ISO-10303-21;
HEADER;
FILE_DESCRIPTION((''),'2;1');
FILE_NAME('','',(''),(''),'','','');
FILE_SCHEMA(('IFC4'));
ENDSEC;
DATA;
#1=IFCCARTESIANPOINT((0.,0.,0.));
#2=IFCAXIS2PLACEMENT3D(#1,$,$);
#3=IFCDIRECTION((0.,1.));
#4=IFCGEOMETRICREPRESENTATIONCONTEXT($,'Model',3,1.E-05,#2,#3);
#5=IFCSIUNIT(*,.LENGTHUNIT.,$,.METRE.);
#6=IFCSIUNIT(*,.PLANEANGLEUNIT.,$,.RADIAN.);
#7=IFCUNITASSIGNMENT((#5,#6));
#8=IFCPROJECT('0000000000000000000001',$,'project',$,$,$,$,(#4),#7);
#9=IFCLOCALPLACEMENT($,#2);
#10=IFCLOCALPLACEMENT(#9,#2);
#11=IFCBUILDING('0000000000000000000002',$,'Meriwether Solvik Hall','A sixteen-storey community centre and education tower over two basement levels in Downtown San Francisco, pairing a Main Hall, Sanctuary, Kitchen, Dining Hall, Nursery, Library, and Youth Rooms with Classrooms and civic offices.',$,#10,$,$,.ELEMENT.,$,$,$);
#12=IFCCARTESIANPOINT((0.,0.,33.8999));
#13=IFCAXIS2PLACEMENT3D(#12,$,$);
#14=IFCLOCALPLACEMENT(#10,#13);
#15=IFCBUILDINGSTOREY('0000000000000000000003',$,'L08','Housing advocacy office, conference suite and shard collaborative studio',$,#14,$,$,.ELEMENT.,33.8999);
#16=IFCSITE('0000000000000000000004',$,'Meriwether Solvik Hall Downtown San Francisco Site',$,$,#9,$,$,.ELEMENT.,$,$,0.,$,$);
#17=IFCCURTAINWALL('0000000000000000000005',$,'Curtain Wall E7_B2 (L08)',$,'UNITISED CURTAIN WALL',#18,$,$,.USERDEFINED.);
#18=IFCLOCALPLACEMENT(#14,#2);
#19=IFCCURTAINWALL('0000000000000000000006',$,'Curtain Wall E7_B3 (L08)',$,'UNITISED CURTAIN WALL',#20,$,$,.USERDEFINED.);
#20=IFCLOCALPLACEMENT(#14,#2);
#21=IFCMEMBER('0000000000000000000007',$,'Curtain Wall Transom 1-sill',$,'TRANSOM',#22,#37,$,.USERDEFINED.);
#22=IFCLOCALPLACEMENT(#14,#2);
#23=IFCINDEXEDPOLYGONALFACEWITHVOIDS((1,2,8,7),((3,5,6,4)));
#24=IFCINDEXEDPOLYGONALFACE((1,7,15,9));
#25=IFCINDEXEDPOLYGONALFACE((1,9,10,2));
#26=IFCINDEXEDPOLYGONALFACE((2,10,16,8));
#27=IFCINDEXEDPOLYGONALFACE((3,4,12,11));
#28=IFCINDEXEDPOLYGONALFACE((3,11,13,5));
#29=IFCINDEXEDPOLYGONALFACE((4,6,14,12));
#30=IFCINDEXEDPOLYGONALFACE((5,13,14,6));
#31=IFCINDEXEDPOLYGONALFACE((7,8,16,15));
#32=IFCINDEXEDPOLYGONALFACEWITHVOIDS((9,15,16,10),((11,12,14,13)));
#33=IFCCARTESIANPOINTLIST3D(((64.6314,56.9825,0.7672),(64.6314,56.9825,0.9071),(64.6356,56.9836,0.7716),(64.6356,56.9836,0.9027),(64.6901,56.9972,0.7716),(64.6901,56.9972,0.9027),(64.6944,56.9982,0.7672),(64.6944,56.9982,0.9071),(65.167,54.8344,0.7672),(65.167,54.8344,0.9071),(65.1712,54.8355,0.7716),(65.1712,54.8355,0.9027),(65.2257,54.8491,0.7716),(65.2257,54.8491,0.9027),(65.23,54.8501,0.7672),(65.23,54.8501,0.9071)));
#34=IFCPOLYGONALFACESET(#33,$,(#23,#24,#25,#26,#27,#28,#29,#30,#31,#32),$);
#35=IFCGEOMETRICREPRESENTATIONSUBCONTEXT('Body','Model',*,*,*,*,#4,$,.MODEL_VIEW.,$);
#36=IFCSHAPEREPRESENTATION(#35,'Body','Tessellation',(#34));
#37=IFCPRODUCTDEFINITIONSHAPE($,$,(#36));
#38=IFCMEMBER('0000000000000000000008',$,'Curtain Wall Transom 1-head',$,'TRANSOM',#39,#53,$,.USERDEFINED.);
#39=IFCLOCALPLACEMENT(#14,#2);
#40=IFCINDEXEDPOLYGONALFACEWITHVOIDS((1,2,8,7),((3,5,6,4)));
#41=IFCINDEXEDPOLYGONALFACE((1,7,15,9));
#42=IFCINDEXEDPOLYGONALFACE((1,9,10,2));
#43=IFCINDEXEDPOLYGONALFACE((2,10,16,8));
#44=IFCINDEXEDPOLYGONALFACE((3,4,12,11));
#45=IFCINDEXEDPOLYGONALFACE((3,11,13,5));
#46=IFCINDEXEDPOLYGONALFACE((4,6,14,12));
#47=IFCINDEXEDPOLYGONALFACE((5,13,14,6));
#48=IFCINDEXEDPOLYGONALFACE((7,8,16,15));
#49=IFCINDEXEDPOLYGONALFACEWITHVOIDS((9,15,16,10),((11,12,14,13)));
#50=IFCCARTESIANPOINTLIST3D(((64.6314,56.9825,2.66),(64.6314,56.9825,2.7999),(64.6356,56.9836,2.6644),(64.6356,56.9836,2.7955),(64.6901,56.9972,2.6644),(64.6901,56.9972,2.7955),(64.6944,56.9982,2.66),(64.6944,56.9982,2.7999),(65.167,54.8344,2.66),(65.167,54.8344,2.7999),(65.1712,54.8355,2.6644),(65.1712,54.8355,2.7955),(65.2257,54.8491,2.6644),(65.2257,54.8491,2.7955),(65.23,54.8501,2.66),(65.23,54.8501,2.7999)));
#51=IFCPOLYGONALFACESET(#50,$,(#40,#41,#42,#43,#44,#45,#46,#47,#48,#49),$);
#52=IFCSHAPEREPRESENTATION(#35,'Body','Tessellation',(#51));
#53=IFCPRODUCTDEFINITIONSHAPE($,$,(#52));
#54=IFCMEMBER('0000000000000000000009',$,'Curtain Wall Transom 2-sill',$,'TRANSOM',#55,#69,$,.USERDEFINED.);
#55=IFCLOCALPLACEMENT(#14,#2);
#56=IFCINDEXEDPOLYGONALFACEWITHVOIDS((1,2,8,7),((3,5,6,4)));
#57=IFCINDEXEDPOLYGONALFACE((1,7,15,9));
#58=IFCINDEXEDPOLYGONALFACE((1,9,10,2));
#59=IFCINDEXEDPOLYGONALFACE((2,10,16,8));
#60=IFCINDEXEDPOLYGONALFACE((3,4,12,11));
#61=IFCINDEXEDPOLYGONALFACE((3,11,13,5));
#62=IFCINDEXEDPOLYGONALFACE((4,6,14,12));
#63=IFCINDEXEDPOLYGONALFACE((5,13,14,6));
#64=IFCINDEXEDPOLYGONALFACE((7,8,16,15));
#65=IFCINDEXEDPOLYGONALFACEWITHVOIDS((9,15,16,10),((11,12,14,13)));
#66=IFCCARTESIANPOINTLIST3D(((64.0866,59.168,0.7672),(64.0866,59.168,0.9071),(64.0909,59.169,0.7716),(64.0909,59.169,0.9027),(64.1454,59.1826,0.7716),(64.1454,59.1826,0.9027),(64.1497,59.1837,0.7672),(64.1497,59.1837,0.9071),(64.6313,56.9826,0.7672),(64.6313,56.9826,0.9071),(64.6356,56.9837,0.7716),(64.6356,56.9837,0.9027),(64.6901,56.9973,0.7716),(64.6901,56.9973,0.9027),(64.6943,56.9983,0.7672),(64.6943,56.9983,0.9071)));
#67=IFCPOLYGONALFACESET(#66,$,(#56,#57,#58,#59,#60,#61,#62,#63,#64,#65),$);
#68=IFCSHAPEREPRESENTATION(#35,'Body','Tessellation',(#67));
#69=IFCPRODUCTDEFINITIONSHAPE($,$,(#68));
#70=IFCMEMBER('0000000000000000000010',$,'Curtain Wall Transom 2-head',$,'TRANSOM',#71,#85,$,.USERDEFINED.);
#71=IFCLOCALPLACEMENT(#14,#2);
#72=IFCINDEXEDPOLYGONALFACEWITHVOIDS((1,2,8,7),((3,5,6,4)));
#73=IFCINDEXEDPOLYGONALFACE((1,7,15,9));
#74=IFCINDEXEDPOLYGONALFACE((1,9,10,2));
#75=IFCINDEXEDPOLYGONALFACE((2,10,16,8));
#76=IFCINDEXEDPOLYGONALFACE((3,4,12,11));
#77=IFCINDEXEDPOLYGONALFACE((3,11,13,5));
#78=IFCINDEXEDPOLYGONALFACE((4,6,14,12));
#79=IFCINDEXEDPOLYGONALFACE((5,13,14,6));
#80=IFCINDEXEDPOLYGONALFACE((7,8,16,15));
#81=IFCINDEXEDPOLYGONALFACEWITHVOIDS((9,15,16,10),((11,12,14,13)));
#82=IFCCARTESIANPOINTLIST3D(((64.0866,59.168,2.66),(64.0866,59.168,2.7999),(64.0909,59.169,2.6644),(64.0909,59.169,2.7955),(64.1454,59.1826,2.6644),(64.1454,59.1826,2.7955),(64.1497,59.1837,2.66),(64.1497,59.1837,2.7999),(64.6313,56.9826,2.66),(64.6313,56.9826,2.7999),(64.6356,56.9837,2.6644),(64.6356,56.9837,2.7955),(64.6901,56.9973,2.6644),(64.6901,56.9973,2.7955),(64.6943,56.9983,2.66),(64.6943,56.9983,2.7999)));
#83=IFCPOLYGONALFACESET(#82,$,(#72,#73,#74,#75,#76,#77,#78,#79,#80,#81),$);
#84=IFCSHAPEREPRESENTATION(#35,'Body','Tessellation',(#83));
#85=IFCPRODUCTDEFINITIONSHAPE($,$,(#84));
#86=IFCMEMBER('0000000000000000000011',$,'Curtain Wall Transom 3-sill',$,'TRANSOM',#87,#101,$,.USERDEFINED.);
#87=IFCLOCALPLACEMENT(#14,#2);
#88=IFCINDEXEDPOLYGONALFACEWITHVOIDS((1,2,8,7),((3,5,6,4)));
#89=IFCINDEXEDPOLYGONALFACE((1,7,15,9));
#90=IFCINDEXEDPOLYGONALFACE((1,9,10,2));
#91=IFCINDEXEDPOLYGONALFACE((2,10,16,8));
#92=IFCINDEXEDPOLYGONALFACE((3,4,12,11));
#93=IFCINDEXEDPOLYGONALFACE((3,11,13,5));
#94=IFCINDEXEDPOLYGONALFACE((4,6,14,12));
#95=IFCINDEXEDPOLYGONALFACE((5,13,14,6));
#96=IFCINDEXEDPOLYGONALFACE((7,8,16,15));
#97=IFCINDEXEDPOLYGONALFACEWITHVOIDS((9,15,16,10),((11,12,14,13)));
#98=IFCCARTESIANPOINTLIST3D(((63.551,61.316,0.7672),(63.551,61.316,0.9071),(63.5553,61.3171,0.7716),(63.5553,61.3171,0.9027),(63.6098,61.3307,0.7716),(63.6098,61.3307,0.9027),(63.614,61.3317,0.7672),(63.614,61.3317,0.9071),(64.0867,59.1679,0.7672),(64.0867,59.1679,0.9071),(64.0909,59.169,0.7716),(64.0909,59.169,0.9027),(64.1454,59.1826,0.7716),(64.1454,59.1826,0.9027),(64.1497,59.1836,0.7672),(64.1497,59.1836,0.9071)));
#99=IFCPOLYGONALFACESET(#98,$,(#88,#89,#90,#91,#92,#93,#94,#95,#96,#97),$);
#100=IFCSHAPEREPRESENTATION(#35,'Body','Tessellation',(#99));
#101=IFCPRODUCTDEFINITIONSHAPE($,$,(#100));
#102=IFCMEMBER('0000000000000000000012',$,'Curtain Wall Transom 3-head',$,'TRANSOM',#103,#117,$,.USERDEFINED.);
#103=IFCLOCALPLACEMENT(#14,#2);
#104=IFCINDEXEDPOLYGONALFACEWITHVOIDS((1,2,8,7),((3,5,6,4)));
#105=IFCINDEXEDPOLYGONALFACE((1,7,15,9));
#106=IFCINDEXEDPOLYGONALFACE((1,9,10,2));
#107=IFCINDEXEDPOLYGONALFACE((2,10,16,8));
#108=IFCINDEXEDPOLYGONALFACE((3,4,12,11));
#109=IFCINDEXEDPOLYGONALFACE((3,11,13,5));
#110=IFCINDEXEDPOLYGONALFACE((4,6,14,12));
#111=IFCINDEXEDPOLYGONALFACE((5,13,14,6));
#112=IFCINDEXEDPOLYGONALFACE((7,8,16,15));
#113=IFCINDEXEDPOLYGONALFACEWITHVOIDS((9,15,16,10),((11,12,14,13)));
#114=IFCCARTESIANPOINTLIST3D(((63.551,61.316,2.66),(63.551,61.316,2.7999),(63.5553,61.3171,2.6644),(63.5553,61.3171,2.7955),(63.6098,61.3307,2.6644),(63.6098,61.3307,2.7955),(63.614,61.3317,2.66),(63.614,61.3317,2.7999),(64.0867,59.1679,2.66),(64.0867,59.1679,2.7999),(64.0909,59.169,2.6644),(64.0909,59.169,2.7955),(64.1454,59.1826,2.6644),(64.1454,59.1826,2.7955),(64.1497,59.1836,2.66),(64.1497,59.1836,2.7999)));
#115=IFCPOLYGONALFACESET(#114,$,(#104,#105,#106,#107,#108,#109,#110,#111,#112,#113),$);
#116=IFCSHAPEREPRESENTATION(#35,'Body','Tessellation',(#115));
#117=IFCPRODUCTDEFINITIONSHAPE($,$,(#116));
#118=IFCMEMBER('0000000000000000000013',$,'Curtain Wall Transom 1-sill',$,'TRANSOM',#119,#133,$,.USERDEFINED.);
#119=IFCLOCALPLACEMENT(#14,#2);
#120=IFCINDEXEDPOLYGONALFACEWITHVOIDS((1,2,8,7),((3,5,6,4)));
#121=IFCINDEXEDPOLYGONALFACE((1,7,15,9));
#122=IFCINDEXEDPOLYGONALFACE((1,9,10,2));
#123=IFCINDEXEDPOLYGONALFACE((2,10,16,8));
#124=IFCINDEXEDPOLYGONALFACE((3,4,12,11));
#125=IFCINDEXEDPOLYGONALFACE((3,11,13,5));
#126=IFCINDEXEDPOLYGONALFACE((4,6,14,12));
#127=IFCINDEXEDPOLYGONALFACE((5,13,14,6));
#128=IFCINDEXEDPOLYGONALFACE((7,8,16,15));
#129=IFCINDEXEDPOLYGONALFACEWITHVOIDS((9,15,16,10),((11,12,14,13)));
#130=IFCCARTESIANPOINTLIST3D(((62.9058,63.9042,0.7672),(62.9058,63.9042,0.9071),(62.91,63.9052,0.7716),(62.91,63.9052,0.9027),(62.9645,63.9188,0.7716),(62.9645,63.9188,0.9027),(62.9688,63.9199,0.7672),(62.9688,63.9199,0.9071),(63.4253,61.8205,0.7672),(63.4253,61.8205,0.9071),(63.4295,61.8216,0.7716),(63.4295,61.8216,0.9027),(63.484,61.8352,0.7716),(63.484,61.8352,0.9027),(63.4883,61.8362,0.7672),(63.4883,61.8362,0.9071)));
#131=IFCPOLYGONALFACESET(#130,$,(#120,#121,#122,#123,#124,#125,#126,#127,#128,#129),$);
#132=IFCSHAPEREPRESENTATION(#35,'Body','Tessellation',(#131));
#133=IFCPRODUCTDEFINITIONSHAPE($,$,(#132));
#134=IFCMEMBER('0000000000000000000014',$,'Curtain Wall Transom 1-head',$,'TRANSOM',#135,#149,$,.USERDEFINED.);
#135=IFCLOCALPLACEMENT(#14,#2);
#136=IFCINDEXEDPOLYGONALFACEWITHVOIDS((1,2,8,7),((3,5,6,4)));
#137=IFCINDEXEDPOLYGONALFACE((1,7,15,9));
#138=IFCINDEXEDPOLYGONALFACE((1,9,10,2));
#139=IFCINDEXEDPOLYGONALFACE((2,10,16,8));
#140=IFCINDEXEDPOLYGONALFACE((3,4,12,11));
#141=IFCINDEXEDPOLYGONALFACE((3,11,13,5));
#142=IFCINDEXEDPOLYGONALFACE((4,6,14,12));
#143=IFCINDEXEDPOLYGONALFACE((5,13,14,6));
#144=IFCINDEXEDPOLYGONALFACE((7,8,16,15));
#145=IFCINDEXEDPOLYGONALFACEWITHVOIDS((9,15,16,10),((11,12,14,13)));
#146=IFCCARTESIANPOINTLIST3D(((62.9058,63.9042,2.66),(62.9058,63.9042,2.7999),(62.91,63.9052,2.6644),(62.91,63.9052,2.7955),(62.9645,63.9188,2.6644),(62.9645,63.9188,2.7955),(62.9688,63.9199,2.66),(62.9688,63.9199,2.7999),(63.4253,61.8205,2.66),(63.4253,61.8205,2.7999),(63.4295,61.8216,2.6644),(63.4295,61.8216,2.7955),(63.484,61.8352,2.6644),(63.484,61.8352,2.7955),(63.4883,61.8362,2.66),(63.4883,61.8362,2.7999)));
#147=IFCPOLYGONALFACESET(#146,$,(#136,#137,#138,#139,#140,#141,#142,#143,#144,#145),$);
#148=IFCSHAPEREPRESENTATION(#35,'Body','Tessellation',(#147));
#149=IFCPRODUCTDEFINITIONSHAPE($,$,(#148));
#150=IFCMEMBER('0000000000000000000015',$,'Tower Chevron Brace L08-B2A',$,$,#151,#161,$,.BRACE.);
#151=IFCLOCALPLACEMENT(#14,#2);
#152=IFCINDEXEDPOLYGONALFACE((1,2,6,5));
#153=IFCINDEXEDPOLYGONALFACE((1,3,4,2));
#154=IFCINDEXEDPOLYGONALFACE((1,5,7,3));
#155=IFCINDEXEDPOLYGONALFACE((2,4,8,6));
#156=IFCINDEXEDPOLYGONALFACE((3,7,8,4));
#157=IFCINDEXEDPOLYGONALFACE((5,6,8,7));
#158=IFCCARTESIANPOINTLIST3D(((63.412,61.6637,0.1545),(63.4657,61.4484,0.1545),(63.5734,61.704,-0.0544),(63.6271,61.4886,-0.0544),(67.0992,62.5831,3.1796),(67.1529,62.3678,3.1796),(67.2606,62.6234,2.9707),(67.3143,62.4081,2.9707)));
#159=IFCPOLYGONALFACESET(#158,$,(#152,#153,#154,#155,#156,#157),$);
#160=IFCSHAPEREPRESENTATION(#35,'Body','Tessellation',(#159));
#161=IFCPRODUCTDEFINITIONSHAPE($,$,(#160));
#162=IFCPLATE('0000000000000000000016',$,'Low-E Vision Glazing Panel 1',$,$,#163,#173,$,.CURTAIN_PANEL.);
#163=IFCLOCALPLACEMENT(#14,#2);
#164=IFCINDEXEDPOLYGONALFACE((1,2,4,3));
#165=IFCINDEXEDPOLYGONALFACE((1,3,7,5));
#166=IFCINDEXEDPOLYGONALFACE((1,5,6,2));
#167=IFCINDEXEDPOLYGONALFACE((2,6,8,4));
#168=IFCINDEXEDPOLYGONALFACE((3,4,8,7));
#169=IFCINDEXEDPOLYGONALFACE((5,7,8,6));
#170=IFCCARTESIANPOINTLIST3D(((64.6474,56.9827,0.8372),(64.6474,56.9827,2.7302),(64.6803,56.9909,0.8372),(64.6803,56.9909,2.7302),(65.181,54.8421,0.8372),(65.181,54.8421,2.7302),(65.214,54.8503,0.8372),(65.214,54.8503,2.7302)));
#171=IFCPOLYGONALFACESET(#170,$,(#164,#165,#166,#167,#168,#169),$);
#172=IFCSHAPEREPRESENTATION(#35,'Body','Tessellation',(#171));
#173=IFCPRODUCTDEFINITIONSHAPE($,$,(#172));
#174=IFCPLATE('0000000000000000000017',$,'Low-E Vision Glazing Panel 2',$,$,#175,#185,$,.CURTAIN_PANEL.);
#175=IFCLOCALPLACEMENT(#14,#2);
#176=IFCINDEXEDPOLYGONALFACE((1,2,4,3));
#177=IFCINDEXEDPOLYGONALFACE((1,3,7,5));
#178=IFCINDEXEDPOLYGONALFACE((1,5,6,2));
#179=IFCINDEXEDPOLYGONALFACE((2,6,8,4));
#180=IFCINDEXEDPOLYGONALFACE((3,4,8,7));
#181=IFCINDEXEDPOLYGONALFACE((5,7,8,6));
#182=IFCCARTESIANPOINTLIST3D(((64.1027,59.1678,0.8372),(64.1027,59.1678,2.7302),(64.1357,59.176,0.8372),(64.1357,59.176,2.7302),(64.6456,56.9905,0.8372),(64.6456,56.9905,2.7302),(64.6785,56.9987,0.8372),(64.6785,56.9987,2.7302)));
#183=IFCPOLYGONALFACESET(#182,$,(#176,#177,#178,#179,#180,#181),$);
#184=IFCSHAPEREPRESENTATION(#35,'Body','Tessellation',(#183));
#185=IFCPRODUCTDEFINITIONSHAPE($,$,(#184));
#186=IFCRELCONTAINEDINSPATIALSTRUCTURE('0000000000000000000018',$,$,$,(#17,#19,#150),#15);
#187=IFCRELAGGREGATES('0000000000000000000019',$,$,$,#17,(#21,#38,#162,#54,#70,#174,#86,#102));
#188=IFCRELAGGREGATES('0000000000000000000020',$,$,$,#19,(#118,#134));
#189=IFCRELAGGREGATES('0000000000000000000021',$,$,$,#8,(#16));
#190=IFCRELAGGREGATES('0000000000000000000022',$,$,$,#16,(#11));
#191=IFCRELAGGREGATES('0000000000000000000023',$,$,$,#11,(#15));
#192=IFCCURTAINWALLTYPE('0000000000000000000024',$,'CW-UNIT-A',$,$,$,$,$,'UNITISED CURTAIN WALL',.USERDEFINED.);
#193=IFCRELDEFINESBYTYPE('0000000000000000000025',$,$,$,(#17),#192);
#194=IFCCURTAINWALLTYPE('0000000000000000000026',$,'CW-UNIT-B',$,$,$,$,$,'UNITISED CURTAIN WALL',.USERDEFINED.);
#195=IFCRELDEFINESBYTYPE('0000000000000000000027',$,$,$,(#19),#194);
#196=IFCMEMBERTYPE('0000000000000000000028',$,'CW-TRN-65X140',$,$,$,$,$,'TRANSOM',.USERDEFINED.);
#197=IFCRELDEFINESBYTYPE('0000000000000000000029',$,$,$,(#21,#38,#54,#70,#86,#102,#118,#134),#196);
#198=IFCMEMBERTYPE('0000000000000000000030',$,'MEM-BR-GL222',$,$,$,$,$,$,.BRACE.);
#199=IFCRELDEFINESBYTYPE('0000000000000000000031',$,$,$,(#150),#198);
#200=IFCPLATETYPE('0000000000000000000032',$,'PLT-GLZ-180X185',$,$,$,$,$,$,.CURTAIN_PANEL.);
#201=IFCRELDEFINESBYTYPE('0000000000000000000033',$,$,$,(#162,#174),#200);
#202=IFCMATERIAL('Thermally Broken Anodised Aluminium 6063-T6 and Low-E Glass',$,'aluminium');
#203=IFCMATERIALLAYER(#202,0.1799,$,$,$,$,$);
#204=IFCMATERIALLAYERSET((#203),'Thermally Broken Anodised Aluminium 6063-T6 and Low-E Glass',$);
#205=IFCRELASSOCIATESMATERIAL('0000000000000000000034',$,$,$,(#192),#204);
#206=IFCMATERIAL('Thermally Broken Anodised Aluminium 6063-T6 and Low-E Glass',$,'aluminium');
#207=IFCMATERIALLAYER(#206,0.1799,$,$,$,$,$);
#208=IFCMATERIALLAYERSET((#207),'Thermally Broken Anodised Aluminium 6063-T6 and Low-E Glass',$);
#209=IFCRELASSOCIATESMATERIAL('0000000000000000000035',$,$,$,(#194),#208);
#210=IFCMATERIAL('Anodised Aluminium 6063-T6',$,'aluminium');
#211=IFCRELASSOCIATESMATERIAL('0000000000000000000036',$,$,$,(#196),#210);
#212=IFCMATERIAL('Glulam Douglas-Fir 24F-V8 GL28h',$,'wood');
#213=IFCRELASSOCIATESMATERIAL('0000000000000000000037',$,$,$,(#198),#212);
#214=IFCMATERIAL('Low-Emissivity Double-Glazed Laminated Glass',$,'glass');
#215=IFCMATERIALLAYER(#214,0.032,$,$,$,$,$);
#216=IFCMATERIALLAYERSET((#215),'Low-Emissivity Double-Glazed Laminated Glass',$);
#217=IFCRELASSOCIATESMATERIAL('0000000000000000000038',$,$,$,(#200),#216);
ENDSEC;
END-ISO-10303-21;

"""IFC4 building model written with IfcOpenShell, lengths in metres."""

from ifc_helpers import new_model, si_unit, direction, frame, origin, origin_2d, place, context, subcontext, project, spatial, rectangle, hollow_rectangle, extrude, material, layer, layer_set, material_profile, profile_set, type_object, element, aggregate, save


model = new_model("IFC4")

# Units and contexts
model_context = context("Model", 3, precision=1e-05, world=origin(), true_north=direction((0.0, 1.0)))
body_context = subcontext(model_context, "Body", "Model", "MODEL_VIEW")
ifc_project = project(units=[si_unit("LENGTHUNIT", "METRE"), si_unit("PLANEANGLEUNIT", "RADIAN")], contexts=[model_context])

# Site, building, storey
site_placement = place(None, origin())
site = spatial("IfcSite", under=ifc_project, at=site_placement, Name="Meriwether Solvik Hall Downtown San Francisco Site", CompositionType="ELEMENT", RefElevation=0.0)
building_placement = place(site_placement, origin())
building = spatial("IfcBuilding", under=site, at=building_placement, Name="Meriwether Solvik Hall", Description="A sixteen-storey community centre and education tower over two basement levels in Downtown San Francisco, pairing a Main Hall, Sanctuary, Kitchen, Dining Hall, Nursery, Library, and Youth Rooms with Classrooms and civic offices.", CompositionType="ELEMENT")
storey_placement = place(building_placement, frame((0.0, 0.0, 33.8999)))
storey = spatial("IfcBuildingStorey", under=building, at=storey_placement, Name="L08", Description="Housing advocacy office, conference suite and shard collaborative studio", CompositionType="ELEMENT", Elevation=33.8999)

# Curtain wall
ifc_material_1 = material(Name="Thermally Broken Anodised Aluminium 6063-T6 and Low-E Glass", Category="aluminium")
ifc_layer_1 = layer(ifc_material_1, 0.1799)
ifc_layer_set_1 = layer_set([ifc_layer_1], Name="Thermally Broken Anodised Aluminium 6063-T6 and Low-E Glass")
curtain_wall_type_1 = type_object("IfcCurtainWallType", Name="CW-UNIT-A", ElementType="UNITISED CURTAIN WALL", PredefinedType="USERDEFINED", material=ifc_layer_set_1)
curtain_wall_1_placement = place(storey_placement, origin())
curtain_wall_1 = element("IfcCurtainWall", 1, at=curtain_wall_1_placement, inside=storey, type_object=curtain_wall_type_1, Name="Curtain Wall E7_B2 (L08)", ObjectType="UNITISED CURTAIN WALL", PredefinedType="USERDEFINED")

# Curtain wall
ifc_material_2 = material(Name="Thermally Broken Anodised Aluminium 6063-T6 and Low-E Glass", Category="aluminium")
ifc_layer_2 = layer(ifc_material_2, 0.1799)
ifc_layer_set_2 = layer_set([ifc_layer_2], Name="Thermally Broken Anodised Aluminium 6063-T6 and Low-E Glass")
curtain_wall_type_2 = type_object("IfcCurtainWallType", Name="CW-UNIT-B", ElementType="UNITISED CURTAIN WALL", PredefinedType="USERDEFINED", material=ifc_layer_set_2)
curtain_wall_2_placement = place(storey_placement, origin())
curtain_wall_2 = element("IfcCurtainWall", 2, at=curtain_wall_2_placement, inside=storey, type_object=curtain_wall_type_2, Name="Curtain Wall E7_B3 (L08)", ObjectType="UNITISED CURTAIN WALL", PredefinedType="USERDEFINED")

# Members
ifc_material_3 = material(Name="Anodised Aluminium 6063-T6", Category="aluminium")
ifc_material_profile_1 = material_profile(ifc_material_3, hollow_rectangle(XDim=0.0649, YDim=0.1399, WallThickness=0.0044, at=origin_2d()), Name="CWT-65X140")
ifc_profile_set_1 = profile_set([ifc_material_profile_1], Name="Anodised Aluminium 6063-T6")
member_type_1 = type_object("IfcMemberType", Name="CW-TRN-65X140", ElementType="TRANSOM", PredefinedType="USERDEFINED", material=ifc_profile_set_1)
member_1_placement = place(storey_placement, frame((65.1985, 54.8423, 0.8372), z_axis=(-0.241939, 0.970292, 0.0), x_axis=(-0.970292, -0.241939, 0.0)))
member_1 = element("IfcMember", 3, at=member_1_placement, type_object=member_type_1, Name="Curtain Wall Transom 1-sill", ObjectType="TRANSOM", PredefinedType="USERDEFINED", context=body_context, shape_type="SweptSolid", body=[
    extrude(hollow_rectangle(XDim=0.0649, YDim=0.1399, WallThickness=0.0044, at=origin_2d()), origin(), (0.0, 0.0, 1.0), 2.2139),
])
member_2_placement = place(storey_placement, frame((65.1985, 54.8423, 2.73), z_axis=(-0.241939, 0.970292, 0.0), x_axis=(-0.970292, -0.241939, 0.0)))
member_2 = element("IfcMember", 4, at=member_2_placement, type_object=member_type_1, Name="Curtain Wall Transom 1-head", ObjectType="TRANSOM", PredefinedType="USERDEFINED", context=body_context, shape_type="SweptSolid", body=[
    extrude(hollow_rectangle(XDim=0.0649, YDim=0.1399, WallThickness=0.0044, at=origin_2d()), origin(), (0.0, 0.0, 1.0), 2.2139),
])
member_3_placement = place(storey_placement, frame((64.6628, 56.9905, 0.8372), z_axis=(-0.241847, 0.970314, 0.0), x_axis=(-0.970314, -0.241847, 0.0)))
member_3 = element("IfcMember", 5, at=member_3_placement, type_object=member_type_1, Name="Curtain Wall Transom 2-sill", ObjectType="TRANSOM", PredefinedType="USERDEFINED", context=body_context, shape_type="SweptSolid", body=[
    extrude(hollow_rectangle(XDim=0.0649, YDim=0.1399, WallThickness=0.0044, at=origin_2d()), origin(), (0.0, 0.0, 1.0), 2.2522),
])
member_4_placement = place(storey_placement, frame((64.6628, 56.9905, 2.73), z_axis=(-0.241847, 0.970314, 0.0), x_axis=(-0.970314, -0.241847, 0.0)))
member_4 = element("IfcMember", 6, at=member_4_placement, type_object=member_type_1, Name="Curtain Wall Transom 2-head", ObjectType="TRANSOM", PredefinedType="USERDEFINED", context=body_context, shape_type="SweptSolid", body=[
    extrude(hollow_rectangle(XDim=0.0649, YDim=0.1399, WallThickness=0.0044, at=origin_2d()), origin(), (0.0, 0.0, 1.0), 2.2522),
])
member_5_placement = place(storey_placement, frame((64.1182, 59.1758, 0.8372), z_axis=(-0.241939, 0.970292, 0.0), x_axis=(-0.970292, -0.241939, 0.0)))
member_5 = element("IfcMember", 7, at=member_5_placement, type_object=member_type_1, Name="Curtain Wall Transom 3-sill", ObjectType="TRANSOM", PredefinedType="USERDEFINED", context=body_context, shape_type="SweptSolid", body=[
    extrude(hollow_rectangle(XDim=0.0649, YDim=0.1399, WallThickness=0.0044, at=origin_2d()), origin(), (0.0, 0.0, 1.0), 2.2139),
])
member_6_placement = place(storey_placement, frame((64.1182, 59.1758, 2.73), z_axis=(-0.241939, 0.970292, 0.0), x_axis=(-0.970292, -0.241939, 0.0)))
member_6 = element("IfcMember", 8, at=member_6_placement, type_object=member_type_1, Name="Curtain Wall Transom 3-head", ObjectType="TRANSOM", PredefinedType="USERDEFINED", context=body_context, shape_type="SweptSolid", body=[
    extrude(hollow_rectangle(XDim=0.0649, YDim=0.1399, WallThickness=0.0044, at=origin_2d()), origin(), (0.0, 0.0, 1.0), 2.2139),
])
member_7_placement = place(storey_placement, frame((63.4568, 61.8284, 0.8372), z_axis=(-0.24192, 0.970296, 0.0), x_axis=(-0.970296, -0.24192, 0.0)))
member_7 = element("IfcMember", 9, at=member_7_placement, type_object=member_type_1, Name="Curtain Wall Transom 1-sill", ObjectType="TRANSOM", PredefinedType="USERDEFINED", context=body_context, shape_type="SweptSolid", body=[
    extrude(hollow_rectangle(XDim=0.0649, YDim=0.1399, WallThickness=0.0044, at=origin_2d()), origin(), (0.0, 0.0, 1.0), 2.1475),
])
member_8_placement = place(storey_placement, frame((63.4568, 61.8284, 2.73), z_axis=(-0.24192, 0.970296, 0.0), x_axis=(-0.970296, -0.24192, 0.0)))
member_8 = element("IfcMember", 10, at=member_8_placement, type_object=member_type_1, Name="Curtain Wall Transom 1-head", ObjectType="TRANSOM", PredefinedType="USERDEFINED", context=body_context, shape_type="SweptSolid", body=[
    extrude(hollow_rectangle(XDim=0.0649, YDim=0.1399, WallThickness=0.0044, at=origin_2d()), origin(), (0.0, 0.0, 1.0), 2.1475),
])
ifc_material_4 = material(Name="Glulam Douglas-Fir 24F-V8 GL28h", Category="wood")
ifc_material_profile_2 = material_profile(ifc_material_4, rectangle(XDim=0.2219, YDim=0.2671, at=origin_2d()), Name="GLM-222X267")
ifc_profile_set_2 = profile_set([ifc_material_profile_2], Name="Glulam Douglas-Fir 24F-V8 GL28h")
member_type_2 = type_object("IfcMemberType", Name="MEM-BR-GL222", PredefinedType="BRACE", material=ifc_profile_set_2)
member_9_placement = place(storey_placement, frame((63.5195, 61.5762, 0.05), z_axis=(0.759127, 0.189292, 0.622813), x_axis=(-0.241946, 0.97029, 0.0)))
element("IfcMember", 11, at=member_9_placement, inside=storey, type_object=member_type_2, Name="Tower Chevron Brace L08-B2A", PredefinedType="BRACE", context=body_context, shape_type="SweptSolid", body=[
    extrude(rectangle(XDim=0.2219, YDim=0.2671, at=origin_2d()), origin(), (0.0, 0.0, 1.0), 4.8572),
])

# Plates
ifc_material_5 = material(Name="Low-Emissivity Double-Glazed Laminated Glass", Category="glass")
ifc_layer_3 = layer(ifc_material_5, 0.032)
ifc_layer_set_3 = layer_set([ifc_layer_3], Name="Low-Emissivity Double-Glazed Laminated Glass")
plate_type_1 = type_object("IfcPlateType", Name="PLT-GLZ-180X185", PredefinedType="CURTAIN_PANEL", material=ifc_layer_set_3)
plate_1_placement = place(storey_placement, frame((64.9307, 55.9165, 0.8372), z_axis=(0.0, 0.0, 1.0), x_axis=(-0.241922, 0.970296, 0.0)))
plate_1 = element("IfcPlate", 12, at=plate_1_placement, type_object=plate_type_1, Name="Low-E Vision Glazing Panel 1", PredefinedType="CURTAIN_PANEL", context=body_context, shape_type="SweptSolid", body=[
    extrude(rectangle(XDim=2.2061, YDim=0.0339, at=origin_2d()), origin(), (0.0, 0.0, 1.0), 1.8931),
])
plate_2_placement = place(storey_placement, frame((64.3906, 58.0833, 0.8372), z_axis=(0.0, 0.0, 1.0), x_axis=(-0.241922, 0.970296, 0.0)))
plate_2 = element("IfcPlate", 13, at=plate_2_placement, type_object=plate_type_1, Name="Low-E Vision Glazing Panel 2", PredefinedType="CURTAIN_PANEL", context=body_context, shape_type="SweptSolid", body=[
    extrude(rectangle(XDim=2.2439, YDim=0.0339, at=origin_2d()), origin(), (0.0, 0.0, 1.0), 1.8931),
])
aggregate(curtain_wall_1, [member_1, member_2, plate_1, member_3, member_4, plate_2, member_5, member_6])
aggregate(curtain_wall_2, [member_7, member_8])

save(model, "model.ifc")
